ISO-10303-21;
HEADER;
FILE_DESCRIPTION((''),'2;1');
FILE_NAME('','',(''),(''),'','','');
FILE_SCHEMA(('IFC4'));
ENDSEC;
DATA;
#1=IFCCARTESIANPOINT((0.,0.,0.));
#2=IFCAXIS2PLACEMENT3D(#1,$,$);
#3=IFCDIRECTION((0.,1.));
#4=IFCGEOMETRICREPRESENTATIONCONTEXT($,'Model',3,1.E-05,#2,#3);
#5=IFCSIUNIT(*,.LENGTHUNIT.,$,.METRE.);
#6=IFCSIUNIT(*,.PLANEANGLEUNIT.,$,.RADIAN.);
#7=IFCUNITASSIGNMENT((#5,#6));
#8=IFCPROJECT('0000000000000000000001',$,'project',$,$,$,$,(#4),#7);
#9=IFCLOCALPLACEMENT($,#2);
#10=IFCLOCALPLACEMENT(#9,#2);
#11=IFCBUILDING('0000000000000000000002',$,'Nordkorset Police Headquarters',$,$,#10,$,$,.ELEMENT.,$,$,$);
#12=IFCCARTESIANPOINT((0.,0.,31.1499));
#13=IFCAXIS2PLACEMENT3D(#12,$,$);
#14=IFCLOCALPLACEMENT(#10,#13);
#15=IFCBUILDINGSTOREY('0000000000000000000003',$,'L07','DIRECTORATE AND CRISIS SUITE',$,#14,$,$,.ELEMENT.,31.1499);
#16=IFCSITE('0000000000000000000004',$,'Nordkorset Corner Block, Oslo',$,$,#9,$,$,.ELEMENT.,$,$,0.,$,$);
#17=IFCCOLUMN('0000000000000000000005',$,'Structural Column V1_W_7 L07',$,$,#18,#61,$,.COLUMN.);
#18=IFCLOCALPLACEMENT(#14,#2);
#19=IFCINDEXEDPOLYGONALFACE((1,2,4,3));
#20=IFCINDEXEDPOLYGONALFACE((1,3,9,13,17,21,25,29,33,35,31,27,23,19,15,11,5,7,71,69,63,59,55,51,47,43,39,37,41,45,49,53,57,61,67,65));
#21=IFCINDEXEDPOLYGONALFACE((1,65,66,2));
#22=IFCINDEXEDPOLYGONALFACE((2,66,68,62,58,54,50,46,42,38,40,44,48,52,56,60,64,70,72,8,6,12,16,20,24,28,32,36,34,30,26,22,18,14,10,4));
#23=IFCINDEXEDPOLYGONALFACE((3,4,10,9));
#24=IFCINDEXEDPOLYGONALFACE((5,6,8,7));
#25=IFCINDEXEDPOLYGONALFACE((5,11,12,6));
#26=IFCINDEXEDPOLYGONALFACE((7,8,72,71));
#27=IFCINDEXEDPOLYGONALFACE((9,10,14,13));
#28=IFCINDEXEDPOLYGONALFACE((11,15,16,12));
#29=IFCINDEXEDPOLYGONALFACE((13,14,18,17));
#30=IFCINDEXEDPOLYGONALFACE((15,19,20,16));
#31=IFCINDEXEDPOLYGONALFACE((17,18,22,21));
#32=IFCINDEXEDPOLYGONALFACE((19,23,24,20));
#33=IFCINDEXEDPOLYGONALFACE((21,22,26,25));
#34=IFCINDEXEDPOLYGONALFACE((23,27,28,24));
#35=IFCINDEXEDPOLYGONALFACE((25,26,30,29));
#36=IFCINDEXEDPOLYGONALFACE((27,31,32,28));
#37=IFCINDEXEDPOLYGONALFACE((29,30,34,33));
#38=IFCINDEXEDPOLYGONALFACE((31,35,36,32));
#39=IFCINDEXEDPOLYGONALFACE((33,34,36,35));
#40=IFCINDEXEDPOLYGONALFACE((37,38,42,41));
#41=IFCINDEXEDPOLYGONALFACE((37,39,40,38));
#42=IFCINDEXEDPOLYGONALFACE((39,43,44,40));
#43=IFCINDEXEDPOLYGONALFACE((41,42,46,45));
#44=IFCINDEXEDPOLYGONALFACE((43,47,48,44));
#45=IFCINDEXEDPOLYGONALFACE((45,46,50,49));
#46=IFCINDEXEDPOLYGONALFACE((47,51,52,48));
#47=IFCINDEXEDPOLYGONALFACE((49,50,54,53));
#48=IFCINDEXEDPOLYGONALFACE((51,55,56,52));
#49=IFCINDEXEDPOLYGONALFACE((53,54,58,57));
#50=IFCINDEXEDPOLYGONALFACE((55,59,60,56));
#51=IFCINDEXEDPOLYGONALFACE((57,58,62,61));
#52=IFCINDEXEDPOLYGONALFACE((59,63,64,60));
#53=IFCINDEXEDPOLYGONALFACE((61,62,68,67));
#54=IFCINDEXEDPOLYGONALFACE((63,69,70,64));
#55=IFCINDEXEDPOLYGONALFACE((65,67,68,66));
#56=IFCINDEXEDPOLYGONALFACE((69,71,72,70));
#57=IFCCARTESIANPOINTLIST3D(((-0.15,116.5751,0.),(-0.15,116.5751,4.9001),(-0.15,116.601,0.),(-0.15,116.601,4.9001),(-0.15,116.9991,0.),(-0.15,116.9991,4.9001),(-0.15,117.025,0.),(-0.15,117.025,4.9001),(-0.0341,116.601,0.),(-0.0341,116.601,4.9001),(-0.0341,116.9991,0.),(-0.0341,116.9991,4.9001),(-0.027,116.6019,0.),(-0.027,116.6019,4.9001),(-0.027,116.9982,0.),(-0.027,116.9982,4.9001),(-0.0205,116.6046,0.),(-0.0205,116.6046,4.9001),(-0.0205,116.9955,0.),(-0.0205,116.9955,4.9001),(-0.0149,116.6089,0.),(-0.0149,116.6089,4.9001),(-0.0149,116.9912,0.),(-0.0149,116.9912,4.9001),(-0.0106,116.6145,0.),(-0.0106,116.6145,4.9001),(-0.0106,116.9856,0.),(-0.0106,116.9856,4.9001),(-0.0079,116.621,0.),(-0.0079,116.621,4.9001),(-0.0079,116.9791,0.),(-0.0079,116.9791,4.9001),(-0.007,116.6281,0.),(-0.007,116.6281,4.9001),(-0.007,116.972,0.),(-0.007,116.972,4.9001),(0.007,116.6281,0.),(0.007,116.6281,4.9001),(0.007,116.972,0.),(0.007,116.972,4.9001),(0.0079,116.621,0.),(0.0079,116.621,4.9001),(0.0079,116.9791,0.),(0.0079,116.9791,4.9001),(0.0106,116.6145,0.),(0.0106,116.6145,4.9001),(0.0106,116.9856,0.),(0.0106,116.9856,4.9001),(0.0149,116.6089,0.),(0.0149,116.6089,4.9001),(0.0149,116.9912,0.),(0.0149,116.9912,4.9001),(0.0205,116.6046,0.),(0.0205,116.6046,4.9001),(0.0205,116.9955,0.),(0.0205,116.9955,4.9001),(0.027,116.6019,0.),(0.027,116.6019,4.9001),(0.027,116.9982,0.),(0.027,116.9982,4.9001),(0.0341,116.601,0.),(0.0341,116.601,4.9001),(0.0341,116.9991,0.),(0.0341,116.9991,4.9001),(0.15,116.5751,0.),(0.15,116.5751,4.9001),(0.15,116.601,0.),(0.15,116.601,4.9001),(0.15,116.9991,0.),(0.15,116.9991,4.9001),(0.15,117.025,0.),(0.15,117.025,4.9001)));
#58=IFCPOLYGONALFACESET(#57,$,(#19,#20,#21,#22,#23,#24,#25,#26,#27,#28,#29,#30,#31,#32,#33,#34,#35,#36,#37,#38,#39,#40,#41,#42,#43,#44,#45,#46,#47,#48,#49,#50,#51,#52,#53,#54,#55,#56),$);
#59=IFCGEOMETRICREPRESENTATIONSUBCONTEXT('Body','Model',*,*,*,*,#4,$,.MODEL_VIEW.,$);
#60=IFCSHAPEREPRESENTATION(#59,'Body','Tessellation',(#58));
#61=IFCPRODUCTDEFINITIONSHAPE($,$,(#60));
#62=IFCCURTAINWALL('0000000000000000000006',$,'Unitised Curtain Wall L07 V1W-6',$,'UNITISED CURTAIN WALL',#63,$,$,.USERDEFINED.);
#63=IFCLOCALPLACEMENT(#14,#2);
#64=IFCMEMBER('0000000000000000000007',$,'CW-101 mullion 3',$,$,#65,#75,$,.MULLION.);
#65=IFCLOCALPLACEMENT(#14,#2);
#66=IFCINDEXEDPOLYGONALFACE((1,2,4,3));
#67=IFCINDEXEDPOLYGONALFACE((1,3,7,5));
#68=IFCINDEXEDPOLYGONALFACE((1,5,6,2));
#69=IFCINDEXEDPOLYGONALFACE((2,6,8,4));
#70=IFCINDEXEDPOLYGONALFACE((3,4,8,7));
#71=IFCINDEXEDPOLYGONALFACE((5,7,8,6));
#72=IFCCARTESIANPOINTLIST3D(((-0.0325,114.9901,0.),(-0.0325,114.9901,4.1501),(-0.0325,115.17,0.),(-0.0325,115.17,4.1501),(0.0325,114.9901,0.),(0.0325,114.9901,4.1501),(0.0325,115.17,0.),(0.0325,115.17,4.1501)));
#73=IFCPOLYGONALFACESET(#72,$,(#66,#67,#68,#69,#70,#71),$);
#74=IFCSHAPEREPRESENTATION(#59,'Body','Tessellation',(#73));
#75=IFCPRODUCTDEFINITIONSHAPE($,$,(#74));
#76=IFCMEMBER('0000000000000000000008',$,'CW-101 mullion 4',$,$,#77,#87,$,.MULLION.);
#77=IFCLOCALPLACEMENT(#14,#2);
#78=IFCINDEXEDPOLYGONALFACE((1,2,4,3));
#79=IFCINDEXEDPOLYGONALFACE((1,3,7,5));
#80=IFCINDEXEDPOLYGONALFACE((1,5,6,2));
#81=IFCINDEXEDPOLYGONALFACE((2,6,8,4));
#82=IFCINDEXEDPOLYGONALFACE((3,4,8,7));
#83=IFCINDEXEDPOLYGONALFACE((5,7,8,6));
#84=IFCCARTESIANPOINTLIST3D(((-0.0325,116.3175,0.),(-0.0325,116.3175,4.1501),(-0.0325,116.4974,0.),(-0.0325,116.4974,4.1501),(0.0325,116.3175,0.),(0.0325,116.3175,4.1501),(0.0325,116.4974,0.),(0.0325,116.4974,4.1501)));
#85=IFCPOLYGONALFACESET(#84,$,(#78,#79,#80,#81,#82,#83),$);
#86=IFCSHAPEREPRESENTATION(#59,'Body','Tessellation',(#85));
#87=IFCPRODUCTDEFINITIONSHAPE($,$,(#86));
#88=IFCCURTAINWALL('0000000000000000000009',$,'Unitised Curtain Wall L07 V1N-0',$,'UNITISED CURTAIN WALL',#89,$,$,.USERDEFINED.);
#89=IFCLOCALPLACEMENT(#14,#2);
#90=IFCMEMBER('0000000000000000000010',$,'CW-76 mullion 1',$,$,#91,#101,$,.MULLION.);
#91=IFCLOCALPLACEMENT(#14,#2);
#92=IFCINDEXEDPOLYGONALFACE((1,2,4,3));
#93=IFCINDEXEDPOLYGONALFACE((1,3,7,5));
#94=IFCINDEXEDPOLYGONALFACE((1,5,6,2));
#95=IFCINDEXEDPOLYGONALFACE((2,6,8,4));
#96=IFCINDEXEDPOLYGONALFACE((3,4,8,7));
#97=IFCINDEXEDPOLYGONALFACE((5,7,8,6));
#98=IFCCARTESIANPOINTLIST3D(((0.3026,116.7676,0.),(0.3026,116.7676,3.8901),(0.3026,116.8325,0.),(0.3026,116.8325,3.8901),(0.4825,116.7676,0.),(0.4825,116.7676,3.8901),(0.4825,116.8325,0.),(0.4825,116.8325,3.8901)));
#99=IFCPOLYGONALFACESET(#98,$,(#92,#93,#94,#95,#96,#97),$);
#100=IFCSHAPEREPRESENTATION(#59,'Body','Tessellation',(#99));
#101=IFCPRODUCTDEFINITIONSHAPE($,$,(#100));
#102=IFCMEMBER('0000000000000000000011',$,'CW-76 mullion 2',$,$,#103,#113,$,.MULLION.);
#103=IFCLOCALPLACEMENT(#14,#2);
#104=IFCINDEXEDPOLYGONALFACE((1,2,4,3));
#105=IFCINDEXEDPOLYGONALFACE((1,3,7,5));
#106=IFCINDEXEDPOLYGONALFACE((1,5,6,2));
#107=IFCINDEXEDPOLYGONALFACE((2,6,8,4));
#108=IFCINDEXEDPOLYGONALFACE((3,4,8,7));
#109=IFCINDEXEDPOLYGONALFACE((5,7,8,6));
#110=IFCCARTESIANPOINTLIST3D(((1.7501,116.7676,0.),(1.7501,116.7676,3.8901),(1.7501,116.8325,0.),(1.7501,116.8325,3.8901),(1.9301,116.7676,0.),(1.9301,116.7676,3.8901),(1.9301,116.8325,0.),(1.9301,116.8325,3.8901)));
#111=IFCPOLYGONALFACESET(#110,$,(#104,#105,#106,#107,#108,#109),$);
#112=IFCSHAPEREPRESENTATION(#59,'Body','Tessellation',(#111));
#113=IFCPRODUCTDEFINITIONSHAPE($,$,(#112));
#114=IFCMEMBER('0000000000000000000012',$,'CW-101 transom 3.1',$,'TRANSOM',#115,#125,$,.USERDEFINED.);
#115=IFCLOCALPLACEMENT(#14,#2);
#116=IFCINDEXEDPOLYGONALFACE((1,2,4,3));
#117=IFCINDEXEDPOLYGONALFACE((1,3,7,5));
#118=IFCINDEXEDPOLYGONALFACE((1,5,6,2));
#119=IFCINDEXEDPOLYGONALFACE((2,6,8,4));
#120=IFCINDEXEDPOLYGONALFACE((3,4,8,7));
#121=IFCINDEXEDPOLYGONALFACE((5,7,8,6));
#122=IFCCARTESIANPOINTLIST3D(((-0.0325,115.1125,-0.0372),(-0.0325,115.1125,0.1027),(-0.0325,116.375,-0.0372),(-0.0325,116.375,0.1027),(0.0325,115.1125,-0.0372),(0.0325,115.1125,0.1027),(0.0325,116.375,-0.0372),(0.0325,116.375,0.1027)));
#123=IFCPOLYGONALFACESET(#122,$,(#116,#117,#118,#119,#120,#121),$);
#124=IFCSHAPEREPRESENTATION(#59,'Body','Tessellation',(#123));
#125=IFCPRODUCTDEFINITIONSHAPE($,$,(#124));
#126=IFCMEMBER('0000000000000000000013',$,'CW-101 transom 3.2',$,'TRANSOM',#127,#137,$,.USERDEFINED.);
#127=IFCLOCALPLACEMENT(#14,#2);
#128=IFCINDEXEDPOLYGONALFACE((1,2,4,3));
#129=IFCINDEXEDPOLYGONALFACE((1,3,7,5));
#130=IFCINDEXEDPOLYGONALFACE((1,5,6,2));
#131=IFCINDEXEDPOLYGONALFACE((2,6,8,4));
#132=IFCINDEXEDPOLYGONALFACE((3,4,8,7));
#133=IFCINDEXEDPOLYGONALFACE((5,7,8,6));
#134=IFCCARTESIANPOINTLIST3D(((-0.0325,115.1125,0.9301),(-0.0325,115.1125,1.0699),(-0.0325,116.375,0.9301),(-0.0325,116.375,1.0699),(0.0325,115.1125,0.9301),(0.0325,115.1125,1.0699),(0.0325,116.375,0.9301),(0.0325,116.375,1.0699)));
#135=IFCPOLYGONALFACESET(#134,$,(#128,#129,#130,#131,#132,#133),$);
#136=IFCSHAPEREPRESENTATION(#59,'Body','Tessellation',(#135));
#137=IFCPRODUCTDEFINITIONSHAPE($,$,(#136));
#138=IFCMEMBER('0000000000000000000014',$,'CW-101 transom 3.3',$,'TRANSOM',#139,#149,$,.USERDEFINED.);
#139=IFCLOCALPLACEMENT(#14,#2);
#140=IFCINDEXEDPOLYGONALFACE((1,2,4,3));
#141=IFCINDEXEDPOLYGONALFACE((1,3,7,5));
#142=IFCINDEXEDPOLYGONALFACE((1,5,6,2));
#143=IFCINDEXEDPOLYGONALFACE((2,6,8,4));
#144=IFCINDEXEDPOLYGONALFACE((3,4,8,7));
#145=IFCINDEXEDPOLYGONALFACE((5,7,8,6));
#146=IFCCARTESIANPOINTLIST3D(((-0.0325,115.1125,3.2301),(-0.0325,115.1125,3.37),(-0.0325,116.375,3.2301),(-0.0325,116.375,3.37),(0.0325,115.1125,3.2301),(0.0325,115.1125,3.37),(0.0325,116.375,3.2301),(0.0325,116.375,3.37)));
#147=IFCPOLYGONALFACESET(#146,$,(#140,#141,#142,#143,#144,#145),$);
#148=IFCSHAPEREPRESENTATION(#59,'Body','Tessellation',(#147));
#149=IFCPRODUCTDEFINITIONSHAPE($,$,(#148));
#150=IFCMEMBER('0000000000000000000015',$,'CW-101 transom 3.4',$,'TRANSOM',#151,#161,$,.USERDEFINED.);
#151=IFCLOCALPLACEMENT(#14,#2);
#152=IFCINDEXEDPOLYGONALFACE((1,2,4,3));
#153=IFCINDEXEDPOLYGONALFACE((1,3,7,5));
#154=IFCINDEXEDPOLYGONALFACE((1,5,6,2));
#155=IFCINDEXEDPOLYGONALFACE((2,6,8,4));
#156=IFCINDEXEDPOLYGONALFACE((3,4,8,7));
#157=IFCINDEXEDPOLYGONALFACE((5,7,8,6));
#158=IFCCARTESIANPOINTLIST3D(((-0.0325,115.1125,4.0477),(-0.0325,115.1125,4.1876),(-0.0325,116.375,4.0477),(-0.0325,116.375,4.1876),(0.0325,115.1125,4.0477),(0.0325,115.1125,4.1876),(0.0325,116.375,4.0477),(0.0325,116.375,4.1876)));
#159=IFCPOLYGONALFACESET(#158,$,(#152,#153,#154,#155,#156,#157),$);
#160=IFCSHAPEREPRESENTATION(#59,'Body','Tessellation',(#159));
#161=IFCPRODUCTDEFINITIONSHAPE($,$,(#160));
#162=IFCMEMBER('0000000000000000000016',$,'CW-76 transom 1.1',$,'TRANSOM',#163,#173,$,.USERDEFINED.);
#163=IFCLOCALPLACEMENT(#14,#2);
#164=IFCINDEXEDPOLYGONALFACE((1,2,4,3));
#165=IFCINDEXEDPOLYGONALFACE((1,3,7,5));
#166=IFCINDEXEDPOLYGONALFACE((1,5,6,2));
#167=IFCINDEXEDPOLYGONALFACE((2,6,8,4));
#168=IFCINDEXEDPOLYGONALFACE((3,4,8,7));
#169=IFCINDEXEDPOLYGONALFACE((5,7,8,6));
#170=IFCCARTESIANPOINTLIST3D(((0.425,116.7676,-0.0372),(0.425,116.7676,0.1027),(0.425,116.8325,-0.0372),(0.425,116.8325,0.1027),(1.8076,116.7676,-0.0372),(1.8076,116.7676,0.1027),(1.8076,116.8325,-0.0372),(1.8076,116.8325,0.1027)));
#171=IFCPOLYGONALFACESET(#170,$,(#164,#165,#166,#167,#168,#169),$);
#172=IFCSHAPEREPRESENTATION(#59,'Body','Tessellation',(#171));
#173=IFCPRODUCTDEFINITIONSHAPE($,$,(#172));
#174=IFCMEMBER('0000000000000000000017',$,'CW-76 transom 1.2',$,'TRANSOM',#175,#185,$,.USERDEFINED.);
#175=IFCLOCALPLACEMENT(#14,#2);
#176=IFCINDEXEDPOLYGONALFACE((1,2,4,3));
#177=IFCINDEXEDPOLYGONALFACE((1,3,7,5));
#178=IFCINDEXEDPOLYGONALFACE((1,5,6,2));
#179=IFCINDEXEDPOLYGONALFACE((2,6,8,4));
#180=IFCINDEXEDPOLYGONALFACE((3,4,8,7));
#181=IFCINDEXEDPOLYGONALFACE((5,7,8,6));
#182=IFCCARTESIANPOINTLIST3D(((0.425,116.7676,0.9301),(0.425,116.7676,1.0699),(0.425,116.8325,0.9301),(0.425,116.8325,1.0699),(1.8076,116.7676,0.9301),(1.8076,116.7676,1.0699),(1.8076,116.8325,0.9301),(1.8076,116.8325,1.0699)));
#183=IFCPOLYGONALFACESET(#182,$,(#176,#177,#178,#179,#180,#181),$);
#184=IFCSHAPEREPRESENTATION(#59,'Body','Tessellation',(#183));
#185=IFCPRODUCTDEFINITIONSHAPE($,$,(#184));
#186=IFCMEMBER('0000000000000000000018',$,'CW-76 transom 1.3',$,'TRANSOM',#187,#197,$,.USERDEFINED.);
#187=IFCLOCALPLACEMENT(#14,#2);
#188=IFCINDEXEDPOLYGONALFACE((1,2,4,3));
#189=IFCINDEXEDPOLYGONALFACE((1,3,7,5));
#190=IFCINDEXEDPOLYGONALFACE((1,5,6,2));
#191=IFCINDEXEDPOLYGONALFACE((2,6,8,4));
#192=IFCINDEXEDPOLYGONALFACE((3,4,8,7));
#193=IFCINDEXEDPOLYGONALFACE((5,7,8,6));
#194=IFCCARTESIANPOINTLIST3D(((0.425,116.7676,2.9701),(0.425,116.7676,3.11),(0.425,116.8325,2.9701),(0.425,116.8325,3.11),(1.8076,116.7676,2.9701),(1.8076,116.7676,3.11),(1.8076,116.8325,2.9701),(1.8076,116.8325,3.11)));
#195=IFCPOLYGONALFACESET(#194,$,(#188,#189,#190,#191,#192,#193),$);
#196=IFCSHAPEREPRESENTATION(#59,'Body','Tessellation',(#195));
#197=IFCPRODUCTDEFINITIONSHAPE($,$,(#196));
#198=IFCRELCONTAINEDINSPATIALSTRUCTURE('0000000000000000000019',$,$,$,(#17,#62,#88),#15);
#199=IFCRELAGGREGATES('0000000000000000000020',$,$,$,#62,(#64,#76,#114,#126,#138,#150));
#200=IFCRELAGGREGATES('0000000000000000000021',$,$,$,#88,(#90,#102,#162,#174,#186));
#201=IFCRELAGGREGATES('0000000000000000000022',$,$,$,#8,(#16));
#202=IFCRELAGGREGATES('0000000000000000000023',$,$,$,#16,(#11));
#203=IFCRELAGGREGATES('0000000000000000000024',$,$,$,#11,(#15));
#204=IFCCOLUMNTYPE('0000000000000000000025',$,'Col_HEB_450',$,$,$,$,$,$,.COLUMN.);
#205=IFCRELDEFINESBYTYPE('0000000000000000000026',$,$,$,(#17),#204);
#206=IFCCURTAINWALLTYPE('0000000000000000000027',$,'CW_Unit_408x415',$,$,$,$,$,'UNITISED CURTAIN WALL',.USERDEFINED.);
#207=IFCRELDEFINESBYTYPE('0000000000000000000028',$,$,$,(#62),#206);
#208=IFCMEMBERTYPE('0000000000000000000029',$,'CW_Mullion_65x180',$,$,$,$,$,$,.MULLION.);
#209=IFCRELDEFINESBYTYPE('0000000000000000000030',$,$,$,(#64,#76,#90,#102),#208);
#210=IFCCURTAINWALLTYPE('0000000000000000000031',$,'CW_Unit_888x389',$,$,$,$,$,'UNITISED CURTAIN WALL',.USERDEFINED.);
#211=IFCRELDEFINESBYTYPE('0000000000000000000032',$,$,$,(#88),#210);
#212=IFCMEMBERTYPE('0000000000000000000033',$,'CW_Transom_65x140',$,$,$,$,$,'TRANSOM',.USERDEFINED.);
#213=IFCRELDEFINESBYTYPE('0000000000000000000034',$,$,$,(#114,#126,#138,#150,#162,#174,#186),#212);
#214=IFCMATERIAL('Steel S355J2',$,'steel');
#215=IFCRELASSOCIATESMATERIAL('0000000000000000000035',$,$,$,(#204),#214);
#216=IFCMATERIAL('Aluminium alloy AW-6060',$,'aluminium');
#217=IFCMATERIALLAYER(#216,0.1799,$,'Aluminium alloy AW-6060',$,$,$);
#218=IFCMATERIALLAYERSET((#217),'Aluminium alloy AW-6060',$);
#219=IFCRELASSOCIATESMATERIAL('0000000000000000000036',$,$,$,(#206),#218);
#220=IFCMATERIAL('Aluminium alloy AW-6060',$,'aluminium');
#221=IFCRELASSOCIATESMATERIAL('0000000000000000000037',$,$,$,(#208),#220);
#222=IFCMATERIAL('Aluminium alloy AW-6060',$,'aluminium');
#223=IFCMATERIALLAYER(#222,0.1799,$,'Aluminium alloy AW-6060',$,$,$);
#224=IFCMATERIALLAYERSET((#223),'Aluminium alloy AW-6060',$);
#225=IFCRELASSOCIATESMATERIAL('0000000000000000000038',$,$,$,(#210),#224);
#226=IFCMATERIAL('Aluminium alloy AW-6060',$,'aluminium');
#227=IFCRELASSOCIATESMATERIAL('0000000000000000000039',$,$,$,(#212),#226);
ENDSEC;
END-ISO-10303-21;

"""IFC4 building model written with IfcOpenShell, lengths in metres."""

from ifc_helpers import new_model, si_unit, direction, frame, origin, origin_2d, place, context, subcontext, project, spatial, rectangle, i_section, extrude, material, layer, layer_set, material_profile, profile_set, type_object, element, aggregate, save


model = new_model("IFC4")

# Units and contexts
model_context = context("Model", 3, precision=1e-05, world=origin(), true_north=direction((0.0, 1.0)))
body_context = subcontext(model_context, "Body", "Model", "MODEL_VIEW")
ifc_project = project(units=[si_unit("LENGTHUNIT", "METRE"), si_unit("PLANEANGLEUNIT", "RADIAN")], contexts=[model_context])

# Site, building, storey
site_placement = place(None, origin())
site = spatial("IfcSite", under=ifc_project, at=site_placement, Name="Nordkorset Corner Block, Oslo", CompositionType="ELEMENT", RefElevation=0.0)
building_placement = place(site_placement, origin())
building = spatial("IfcBuilding", under=site, at=building_placement, Name="Nordkorset Police Headquarters", CompositionType="ELEMENT")
storey_placement = place(building_placement, frame((0.0, 0.0, 31.1499)))
storey = spatial("IfcBuildingStorey", under=building, at=storey_placement, Name="L07", Description="DIRECTORATE AND CRISIS SUITE", CompositionType="ELEMENT", Elevation=31.1499)

# Column
ifc_material_1 = material(Name="Steel S355J2", Category="steel")
ifc_material_profile_1 = material_profile(ifc_material_1, i_section(OverallWidth=0.3, OverallDepth=0.45, WebThickness=0.0139, FlangeThickness=0.0259, FilletRadius=0.0271, at=origin_2d()), Name="HEB 450")
ifc_profile_set_1 = profile_set([ifc_material_profile_1], Name="Steel S355J2")
column_type = type_object("IfcColumnType", Name="Col_HEB_450", PredefinedType="COLUMN", material=ifc_profile_set_1)
column_placement = place(storey_placement, frame((0.0, 116.8, 0.0), z_axis=(0.0, 0.0, 1.0), x_axis=(1.0, 0.0, 0.0)))
element("IfcColumn", 1, at=column_placement, inside=storey, type_object=column_type, Name="Structural Column V1_W_7 L07", PredefinedType="COLUMN", context=body_context, shape_type="SweptSolid", body=[
    extrude(i_section(OverallWidth=0.3, OverallDepth=0.45, WebThickness=0.0139, FlangeThickness=0.0259, FilletRadius=0.0271, at=origin_2d()), origin(), (0.0, 0.0, 1.0), 4.9001),
])

# Curtain walls, members
ifc_material_2 = material(Name="Aluminium alloy AW-6060", Category="aluminium")
ifc_layer_1 = layer(ifc_material_2, 0.1799, Name="Aluminium alloy AW-6060")
ifc_layer_set_1 = layer_set([ifc_layer_1], Name="Aluminium alloy AW-6060")
curtain_wall_type_1 = type_object("IfcCurtainWallType", Name="CW_Unit_408x415", ElementType="UNITISED CURTAIN WALL", PredefinedType="USERDEFINED", material=ifc_layer_set_1)
curtain_wall_1_placement = place(storey_placement, origin())
curtain_wall_1 = element("IfcCurtainWall", 2, at=curtain_wall_1_placement, inside=storey, type_object=curtain_wall_type_1, Name="Unitised Curtain Wall L07 V1W-6", ObjectType="UNITISED CURTAIN WALL", PredefinedType="USERDEFINED")
ifc_material_3 = material(Name="Aluminium alloy AW-6060", Category="aluminium")
ifc_material_profile_2 = material_profile(ifc_material_3, rectangle(XDim=0.0649, YDim=0.1799, at=origin_2d()), Name="ALU MULL 65x180")
ifc_profile_set_2 = profile_set([ifc_material_profile_2], Name="Aluminium alloy AW-6060")
member_type_1 = type_object("IfcMemberType", Name="CW_Mullion_65x180", PredefinedType="MULLION", material=ifc_profile_set_2)
member_1_placement = place(storey_placement, frame((0.0, 115.0801, 0.0), z_axis=(0.0, 0.0, 1.0), x_axis=(-1.0, 0.0, 0.0)))
member_1 = element("IfcMember", 3, at=member_1_placement, type_object=member_type_1, Name="CW-101 mullion 3", PredefinedType="MULLION", context=body_context, shape_type="SweptSolid", body=[
    extrude(rectangle(XDim=0.0649, YDim=0.1799, at=origin_2d()), origin(), (0.0, 0.0, 1.0), 4.1501),
])
member_2_placement = place(storey_placement, frame((0.0, 116.4075, 0.0), z_axis=(0.0, 0.0, 1.0), x_axis=(-1.0, 0.0, 0.0)))
member_2 = element("IfcMember", 4, at=member_2_placement, type_object=member_type_1, Name="CW-101 mullion 4", PredefinedType="MULLION", context=body_context, shape_type="SweptSolid", body=[
    extrude(rectangle(XDim=0.0649, YDim=0.1799, at=origin_2d()), origin(), (0.0, 0.0, 1.0), 4.1501),
])
ifc_material_4 = material(Name="Aluminium alloy AW-6060", Category="aluminium")
ifc_layer_2 = layer(ifc_material_4, 0.1799, Name="Aluminium alloy AW-6060")
ifc_layer_set_2 = layer_set([ifc_layer_2], Name="Aluminium alloy AW-6060")
curtain_wall_type_2 = type_object("IfcCurtainWallType", Name="CW_Unit_888x389", ElementType="UNITISED CURTAIN WALL", PredefinedType="USERDEFINED", material=ifc_layer_set_2)
curtain_wall_2_placement = place(storey_placement, origin())
curtain_wall_2 = element("IfcCurtainWall", 5, at=curtain_wall_2_placement, inside=storey, type_object=curtain_wall_type_2, Name="Unitised Curtain Wall L07 V1N-0", ObjectType="UNITISED CURTAIN WALL", PredefinedType="USERDEFINED")
member_3_placement = place(storey_placement, frame((0.3926, 116.8, 0.0), z_axis=(0.0, 0.0, 1.0), x_axis=(0.0, 1.0, 0.0)))
member_3 = element("IfcMember", 6, at=member_3_placement, type_object=member_type_1, Name="CW-76 mullion 1", PredefinedType="MULLION", context=body_context, shape_type="SweptSolid", body=[
    extrude(rectangle(XDim=0.0649, YDim=0.1799, at=origin_2d()), origin(), (0.0, 0.0, 1.0), 3.8901),
])
member_4_placement = place(storey_placement, frame((1.8401, 116.8, 0.0), z_axis=(0.0, 0.0, 1.0), x_axis=(0.0, 1.0, 0.0)))
member_4 = element("IfcMember", 7, at=member_4_placement, type_object=member_type_1, Name="CW-76 mullion 2", PredefinedType="MULLION", context=body_context, shape_type="SweptSolid", body=[
    extrude(rectangle(XDim=0.0649, YDim=0.1799, at=origin_2d()), origin(), (0.0, 0.0, 1.0), 3.8901),
])

# Members
ifc_material_5 = material(Name="Aluminium alloy AW-6060", Category="aluminium")
ifc_material_profile_3 = material_profile(ifc_material_5, rectangle(XDim=0.0649, YDim=0.1399, at=origin_2d()), Name="ALU TRAN 65x140")
ifc_profile_set_3 = profile_set([ifc_material_profile_3], Name="Aluminium alloy AW-6060")
member_type_2 = type_object("IfcMemberType", Name="CW_Transom_65x140", ElementType="TRANSOM", PredefinedType="USERDEFINED", material=ifc_profile_set_3)
member_5_placement = place(storey_placement, frame((0.0, 115.1125, 0.0327), z_axis=(0.0, 1.0, 0.0), x_axis=(-1.0, 0.0, 0.0)))
member_5 = element("IfcMember", 8, at=member_5_placement, type_object=member_type_2, Name="CW-101 transom 3.1", ObjectType="TRANSOM", PredefinedType="USERDEFINED", context=body_context, shape_type="SweptSolid", body=[
    extrude(rectangle(XDim=0.0649, YDim=0.1399, at=origin_2d()), origin(), (0.0, 0.0, 1.0), 1.2625),
])
member_6_placement = place(storey_placement, frame((0.0, 115.1125, 1.0), z_axis=(0.0, 1.0, 0.0), x_axis=(-1.0, 0.0, 0.0)))
member_6 = element("IfcMember", 9, at=member_6_placement, type_object=member_type_2, Name="CW-101 transom 3.2", ObjectType="TRANSOM", PredefinedType="USERDEFINED", context=body_context, shape_type="SweptSolid", body=[
    extrude(rectangle(XDim=0.0649, YDim=0.1399, at=origin_2d()), origin(), (0.0, 0.0, 1.0), 1.2625),
])
member_7_placement = place(storey_placement, frame((0.0, 115.1125, 3.3), z_axis=(0.0, 1.0, 0.0), x_axis=(-1.0, 0.0, 0.0)))
member_7 = element("IfcMember", 10, at=member_7_placement, type_object=member_type_2, Name="CW-101 transom 3.3", ObjectType="TRANSOM", PredefinedType="USERDEFINED", context=body_context, shape_type="SweptSolid", body=[
    extrude(rectangle(XDim=0.0649, YDim=0.1399, at=origin_2d()), origin(), (0.0, 0.0, 1.0), 1.2625),
])
member_8_placement = place(storey_placement, frame((0.0, 115.1125, 4.1177), z_axis=(0.0, 1.0, 0.0), x_axis=(-1.0, 0.0, 0.0)))
member_8 = element("IfcMember", 11, at=member_8_placement, type_object=member_type_2, Name="CW-101 transom 3.4", ObjectType="TRANSOM", PredefinedType="USERDEFINED", context=body_context, shape_type="SweptSolid", body=[
    extrude(rectangle(XDim=0.0649, YDim=0.1399, at=origin_2d()), origin(), (0.0, 0.0, 1.0), 1.2625),
])
member_9_placement = place(storey_placement, frame((0.425, 116.8, 0.0327), z_axis=(1.0, 0.0, 0.0), x_axis=(0.0, 1.0, 0.0)))
member_9 = element("IfcMember", 12, at=member_9_placement, type_object=member_type_2, Name="CW-76 transom 1.1", ObjectType="TRANSOM", PredefinedType="USERDEFINED", context=body_context, shape_type="SweptSolid", body=[
    extrude(rectangle(XDim=0.0649, YDim=0.1399, at=origin_2d()), origin(), (0.0, 0.0, 1.0), 1.3826),
])
member_10_placement = place(storey_placement, frame((0.425, 116.8, 1.0), z_axis=(1.0, 0.0, 0.0), x_axis=(0.0, 1.0, 0.0)))
member_10 = element("IfcMember", 13, at=member_10_placement, type_object=member_type_2, Name="CW-76 transom 1.2", ObjectType="TRANSOM", PredefinedType="USERDEFINED", context=body_context, shape_type="SweptSolid", body=[
    extrude(rectangle(XDim=0.0649, YDim=0.1399, at=origin_2d()), origin(), (0.0, 0.0, 1.0), 1.3826),
])
member_11_placement = place(storey_placement, frame((0.425, 116.8, 3.04), z_axis=(1.0, 0.0, 0.0), x_axis=(0.0, 1.0, 0.0)))
member_11 = element("IfcMember", 14, at=member_11_placement, type_object=member_type_2, Name="CW-76 transom 1.3", ObjectType="TRANSOM", PredefinedType="USERDEFINED", context=body_context, shape_type="SweptSolid", body=[
    extrude(rectangle(XDim=0.0649, YDim=0.1399, at=origin_2d()), origin(), (0.0, 0.0, 1.0), 1.3826),
])

aggregate(curtain_wall_1, [member_1, member_2, member_5, member_6, member_7, member_8])
aggregate(curtain_wall_2, [member_3, member_4, member_9, member_10, member_11])

save(model, "model.ifc")
